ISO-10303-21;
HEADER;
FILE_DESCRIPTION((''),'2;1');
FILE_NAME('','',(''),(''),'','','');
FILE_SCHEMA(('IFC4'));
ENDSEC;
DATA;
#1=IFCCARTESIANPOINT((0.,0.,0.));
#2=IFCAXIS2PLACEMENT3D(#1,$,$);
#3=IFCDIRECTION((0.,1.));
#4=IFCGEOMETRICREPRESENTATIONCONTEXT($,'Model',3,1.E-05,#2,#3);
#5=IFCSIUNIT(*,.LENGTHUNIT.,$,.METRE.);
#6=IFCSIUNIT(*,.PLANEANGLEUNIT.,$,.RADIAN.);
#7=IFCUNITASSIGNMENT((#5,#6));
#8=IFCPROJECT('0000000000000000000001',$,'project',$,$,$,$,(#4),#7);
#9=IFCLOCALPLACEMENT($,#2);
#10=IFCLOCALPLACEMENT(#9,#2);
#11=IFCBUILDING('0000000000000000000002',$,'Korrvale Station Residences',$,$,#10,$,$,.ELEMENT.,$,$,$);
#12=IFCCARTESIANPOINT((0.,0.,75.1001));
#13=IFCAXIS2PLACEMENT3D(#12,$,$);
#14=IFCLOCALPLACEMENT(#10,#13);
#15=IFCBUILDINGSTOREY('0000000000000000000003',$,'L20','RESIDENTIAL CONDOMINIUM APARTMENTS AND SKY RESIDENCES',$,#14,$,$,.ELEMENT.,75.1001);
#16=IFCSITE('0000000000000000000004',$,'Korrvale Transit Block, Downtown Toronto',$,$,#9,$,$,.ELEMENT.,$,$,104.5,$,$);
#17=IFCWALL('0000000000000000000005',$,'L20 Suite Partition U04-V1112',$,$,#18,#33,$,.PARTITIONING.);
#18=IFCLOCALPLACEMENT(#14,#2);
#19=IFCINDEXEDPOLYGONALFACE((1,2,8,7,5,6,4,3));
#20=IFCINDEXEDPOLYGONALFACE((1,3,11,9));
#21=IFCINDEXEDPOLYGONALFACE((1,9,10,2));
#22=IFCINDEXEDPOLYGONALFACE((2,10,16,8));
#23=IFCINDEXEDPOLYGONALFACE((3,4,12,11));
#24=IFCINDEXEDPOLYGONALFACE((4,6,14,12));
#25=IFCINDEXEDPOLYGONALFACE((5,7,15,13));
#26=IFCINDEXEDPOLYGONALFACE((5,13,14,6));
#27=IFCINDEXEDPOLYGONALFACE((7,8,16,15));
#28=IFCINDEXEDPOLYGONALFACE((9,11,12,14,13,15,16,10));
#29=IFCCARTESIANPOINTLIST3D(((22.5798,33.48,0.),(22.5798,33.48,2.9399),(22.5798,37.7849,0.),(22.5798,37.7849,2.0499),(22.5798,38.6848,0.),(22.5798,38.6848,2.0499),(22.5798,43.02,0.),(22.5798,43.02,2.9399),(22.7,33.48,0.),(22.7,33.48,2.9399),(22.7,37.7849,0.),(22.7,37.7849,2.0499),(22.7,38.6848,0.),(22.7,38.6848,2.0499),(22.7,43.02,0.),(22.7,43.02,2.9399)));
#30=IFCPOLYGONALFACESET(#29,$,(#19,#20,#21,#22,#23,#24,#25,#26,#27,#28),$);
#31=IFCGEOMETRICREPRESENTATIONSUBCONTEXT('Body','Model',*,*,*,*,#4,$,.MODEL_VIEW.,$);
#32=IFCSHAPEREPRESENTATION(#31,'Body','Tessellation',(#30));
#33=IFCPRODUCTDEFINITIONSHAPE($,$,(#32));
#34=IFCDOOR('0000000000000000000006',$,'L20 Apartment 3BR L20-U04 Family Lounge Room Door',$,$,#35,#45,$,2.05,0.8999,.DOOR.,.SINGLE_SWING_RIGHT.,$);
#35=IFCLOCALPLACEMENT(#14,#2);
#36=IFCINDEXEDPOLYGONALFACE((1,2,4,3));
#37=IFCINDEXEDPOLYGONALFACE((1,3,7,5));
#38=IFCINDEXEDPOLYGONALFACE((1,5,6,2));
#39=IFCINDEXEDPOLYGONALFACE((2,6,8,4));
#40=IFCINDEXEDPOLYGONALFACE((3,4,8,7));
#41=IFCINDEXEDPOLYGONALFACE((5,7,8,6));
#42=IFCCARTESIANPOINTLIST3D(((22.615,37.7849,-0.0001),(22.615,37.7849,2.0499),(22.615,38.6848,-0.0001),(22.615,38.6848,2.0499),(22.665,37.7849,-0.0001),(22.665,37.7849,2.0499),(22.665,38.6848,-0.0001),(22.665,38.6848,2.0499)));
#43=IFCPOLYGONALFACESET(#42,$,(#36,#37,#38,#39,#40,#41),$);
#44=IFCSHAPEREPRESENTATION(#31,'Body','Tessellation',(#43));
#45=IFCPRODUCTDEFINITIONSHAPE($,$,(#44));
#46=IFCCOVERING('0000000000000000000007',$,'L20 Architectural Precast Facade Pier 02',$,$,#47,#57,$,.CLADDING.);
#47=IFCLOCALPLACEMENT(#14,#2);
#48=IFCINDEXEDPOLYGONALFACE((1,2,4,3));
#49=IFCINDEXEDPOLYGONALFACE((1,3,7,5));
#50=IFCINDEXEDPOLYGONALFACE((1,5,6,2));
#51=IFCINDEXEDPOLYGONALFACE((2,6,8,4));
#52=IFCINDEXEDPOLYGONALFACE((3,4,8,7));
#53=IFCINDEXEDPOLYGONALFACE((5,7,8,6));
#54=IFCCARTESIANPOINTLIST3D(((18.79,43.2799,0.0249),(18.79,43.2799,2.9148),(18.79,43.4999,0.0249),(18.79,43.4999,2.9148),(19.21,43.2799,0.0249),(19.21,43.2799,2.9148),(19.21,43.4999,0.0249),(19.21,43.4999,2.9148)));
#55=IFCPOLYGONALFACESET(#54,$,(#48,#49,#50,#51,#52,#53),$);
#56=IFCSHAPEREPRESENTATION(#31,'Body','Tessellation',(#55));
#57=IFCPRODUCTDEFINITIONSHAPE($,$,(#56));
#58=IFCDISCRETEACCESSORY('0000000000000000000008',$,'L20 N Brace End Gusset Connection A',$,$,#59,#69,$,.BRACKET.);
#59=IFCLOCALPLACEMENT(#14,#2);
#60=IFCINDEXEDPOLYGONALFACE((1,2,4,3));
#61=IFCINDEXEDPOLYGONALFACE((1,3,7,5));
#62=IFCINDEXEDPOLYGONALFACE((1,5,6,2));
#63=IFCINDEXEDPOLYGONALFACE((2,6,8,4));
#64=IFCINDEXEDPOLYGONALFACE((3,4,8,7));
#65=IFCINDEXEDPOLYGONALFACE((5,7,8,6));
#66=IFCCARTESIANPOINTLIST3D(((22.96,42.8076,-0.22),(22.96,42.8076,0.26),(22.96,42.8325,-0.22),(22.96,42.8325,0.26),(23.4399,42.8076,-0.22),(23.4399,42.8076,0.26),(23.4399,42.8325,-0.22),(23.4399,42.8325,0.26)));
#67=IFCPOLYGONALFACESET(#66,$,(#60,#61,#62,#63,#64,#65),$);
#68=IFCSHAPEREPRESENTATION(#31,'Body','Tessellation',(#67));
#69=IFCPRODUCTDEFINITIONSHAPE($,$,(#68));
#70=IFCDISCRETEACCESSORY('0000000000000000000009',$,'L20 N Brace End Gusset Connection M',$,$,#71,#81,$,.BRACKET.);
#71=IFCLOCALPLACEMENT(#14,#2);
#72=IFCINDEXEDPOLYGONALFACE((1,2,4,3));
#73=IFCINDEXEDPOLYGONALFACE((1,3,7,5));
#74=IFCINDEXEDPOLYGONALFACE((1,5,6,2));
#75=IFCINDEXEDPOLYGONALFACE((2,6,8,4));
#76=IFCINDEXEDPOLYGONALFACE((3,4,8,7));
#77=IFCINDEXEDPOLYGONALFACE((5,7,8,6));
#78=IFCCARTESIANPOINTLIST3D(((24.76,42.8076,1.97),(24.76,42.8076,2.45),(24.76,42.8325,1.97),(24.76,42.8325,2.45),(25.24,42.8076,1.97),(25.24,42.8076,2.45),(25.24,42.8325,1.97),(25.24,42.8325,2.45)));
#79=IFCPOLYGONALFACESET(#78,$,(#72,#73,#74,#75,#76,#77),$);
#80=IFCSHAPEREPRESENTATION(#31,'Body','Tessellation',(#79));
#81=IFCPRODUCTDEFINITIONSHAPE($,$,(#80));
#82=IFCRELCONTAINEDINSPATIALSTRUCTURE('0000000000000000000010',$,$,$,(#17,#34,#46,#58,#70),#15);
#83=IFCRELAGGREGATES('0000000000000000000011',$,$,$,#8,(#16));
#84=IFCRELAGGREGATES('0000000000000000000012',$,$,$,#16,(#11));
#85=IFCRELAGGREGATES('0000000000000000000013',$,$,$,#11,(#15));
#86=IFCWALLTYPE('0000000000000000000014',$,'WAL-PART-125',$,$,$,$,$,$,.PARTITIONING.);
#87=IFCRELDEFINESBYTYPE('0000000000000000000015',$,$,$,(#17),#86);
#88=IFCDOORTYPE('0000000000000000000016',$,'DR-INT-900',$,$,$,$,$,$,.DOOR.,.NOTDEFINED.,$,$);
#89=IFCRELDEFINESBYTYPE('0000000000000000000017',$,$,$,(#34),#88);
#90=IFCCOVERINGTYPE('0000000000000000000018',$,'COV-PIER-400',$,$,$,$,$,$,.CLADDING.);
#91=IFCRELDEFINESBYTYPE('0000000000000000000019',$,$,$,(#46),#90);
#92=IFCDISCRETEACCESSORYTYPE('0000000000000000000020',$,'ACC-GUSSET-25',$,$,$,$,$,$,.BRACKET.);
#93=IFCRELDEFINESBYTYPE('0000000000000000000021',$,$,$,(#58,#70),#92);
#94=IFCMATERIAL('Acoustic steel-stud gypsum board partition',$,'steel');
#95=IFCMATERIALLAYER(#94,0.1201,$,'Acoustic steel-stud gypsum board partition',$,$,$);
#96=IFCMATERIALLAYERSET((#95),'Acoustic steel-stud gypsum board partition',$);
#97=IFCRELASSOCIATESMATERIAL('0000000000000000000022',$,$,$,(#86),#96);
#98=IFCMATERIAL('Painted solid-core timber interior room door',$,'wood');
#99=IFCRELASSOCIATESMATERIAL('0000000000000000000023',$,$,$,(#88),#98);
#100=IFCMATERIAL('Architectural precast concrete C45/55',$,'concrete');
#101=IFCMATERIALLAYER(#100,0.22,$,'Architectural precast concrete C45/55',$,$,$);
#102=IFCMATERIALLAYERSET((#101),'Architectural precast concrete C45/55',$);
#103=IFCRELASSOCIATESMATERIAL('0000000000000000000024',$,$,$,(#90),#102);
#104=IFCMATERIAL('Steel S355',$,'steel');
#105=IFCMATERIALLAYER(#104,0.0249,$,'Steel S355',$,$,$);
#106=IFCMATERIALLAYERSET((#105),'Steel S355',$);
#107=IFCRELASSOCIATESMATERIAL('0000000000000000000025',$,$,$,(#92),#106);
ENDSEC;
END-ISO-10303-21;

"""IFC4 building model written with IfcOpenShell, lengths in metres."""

from ifc_helpers import new_model, si_unit, direction, frame, frame_2d, origin, origin_2d, place, context, subcontext, project, spatial, rectangle, extrude, material, layer, layer_set, type_object, element, fill, save


model = new_model("IFC4")

# Units and contexts
model_context = context("Model", 3, precision=1e-05, world=origin(), true_north=direction((0.0, 1.0)))
body_context = subcontext(model_context, "Body", "Model", "MODEL_VIEW")
ifc_project = project(units=[si_unit("LENGTHUNIT", "METRE"), si_unit("PLANEANGLEUNIT", "RADIAN")], contexts=[model_context])

# Site, building, storey
site_placement = place(None, origin())
site = spatial("IfcSite", under=ifc_project, at=site_placement, Name="Korrvale Transit Block, Downtown Toronto", CompositionType="ELEMENT", RefElevation=104.5)
building_placement = place(site_placement, origin())
building = spatial("IfcBuilding", under=site, at=building_placement, Name="Korrvale Station Residences", CompositionType="ELEMENT")
storey_placement = place(building_placement, frame((0.0, 0.0, 75.1001)))
storey = spatial("IfcBuildingStorey", under=building, at=storey_placement, Name="L20", Description="RESIDENTIAL CONDOMINIUM APARTMENTS AND SKY RESIDENCES", CompositionType="ELEMENT", Elevation=75.1001)

# Shared definitions
ifc_material_1 = material(Name="Steel S355", Category="steel")

# Wall, opening, door
ifc_material_2 = material(Name="Acoustic steel-stud gypsum board partition", Category="steel")
ifc_layer_1 = layer(ifc_material_2, 0.1201, Name="Acoustic steel-stud gypsum board partition")
ifc_layer_set_1 = layer_set([ifc_layer_1], Name="Acoustic steel-stud gypsum board partition")
wall_type = type_object("IfcWallType", Name="WAL-PART-125", PredefinedType="PARTITIONING", material=ifc_layer_set_1)
wall_placement = place(storey_placement, frame((22.6399, 33.48, 0.0), z_axis=(0.0, 0.0, 1.0), x_axis=(0.0, 1.0, 0.0)))
wall = element("IfcWall", 1, at=wall_placement, inside=storey, type_object=wall_type, Name="L20 Suite Partition U04-V1112", PredefinedType="PARTITIONING", context=body_context, shape_type="SweptSolid", body=[
    extrude(rectangle(XDim=9.54, YDim=0.1201, at=frame_2d((4.77, 0.0))), origin(), (0.0, 0.0, 1.0), 2.9399),
])
opening_placement = place(wall_placement, frame((4.3049, 0.0, 0.0)))
opening = element("IfcOpeningElement", 2, at=opening_placement, cuts=wall, PredefinedType="OPENING", context=body_context, shape_type="SweptSolid", body=[
    extrude(rectangle(XDim=0.8999, YDim=2.05, at=frame_2d((0.45, 1.0249))), frame((0.0, 0.0701, 0.0), z_axis=(0.0, -1.0, 0.0), x_axis=(1.0, 0.0, 0.0)), (0.0, 0.0, 1.0), 0.1401),
])
ifc_material_3 = material(Name="Painted solid-core timber interior room door", Category="wood")
door_type = type_object("IfcDoorType", Name="DR-INT-900", OperationType="NOTDEFINED", PredefinedType="DOOR", material=ifc_material_3)
door_placement = place(opening_placement, origin())
door = element("IfcDoor", 3, at=door_placement, inside=storey, type_object=door_type, Name="L20 Apartment 3BR L20-U04 Family Lounge Room Door", OperationType="SINGLE_SWING_RIGHT", OverallHeight=2.05, OverallWidth=0.8999, PredefinedType="DOOR", context=body_context, shape_type="SweptSolid", body=[
    extrude(rectangle(XDim=0.8999, YDim=2.05, at=frame_2d((0.45, 1.0249))), frame((0.0, 0.0249, 0.0), z_axis=(0.0, -1.0, 0.0), x_axis=(1.0, 0.0, 0.0)), (0.0, 0.0, 1.0), 0.05),
])
fill(opening, door)

# Covering
ifc_material_4 = material(Name="Architectural precast concrete C45/55", Category="concrete")
ifc_layer_2 = layer(ifc_material_4, 0.22, Name="Architectural precast concrete C45/55")
ifc_layer_set_2 = layer_set([ifc_layer_2], Name="Architectural precast concrete C45/55")
covering_type = type_object("IfcCoveringType", Name="COV-PIER-400", PredefinedType="CLADDING", material=ifc_layer_set_2)
covering_placement = place(storey_placement, frame((19.0, 43.3899, 0.0249), z_axis=(0.0, 0.0, 1.0), x_axis=(1.0, 0.0, 0.0)))
element("IfcCovering", 4, at=covering_placement, inside=storey, type_object=covering_type, Name="L20 Architectural Precast Facade Pier 02", PredefinedType="CLADDING", context=body_context, shape_type="SweptSolid", body=[
    extrude(rectangle(XDim=0.4199, YDim=0.22, at=origin_2d()), origin(), (0.0, 0.0, 1.0), 2.8899),
])

# Discrete accessories
ifc_layer_3 = layer(ifc_material_1, 0.0249, Name="Steel S355")
ifc_layer_set_3 = layer_set([ifc_layer_3], Name="Steel S355")
discrete_accessory_type = type_object("IfcDiscreteAccessoryType", Name="ACC-GUSSET-25", PredefinedType="BRACKET", material=ifc_layer_set_3)
for number, where, z_axis, x_axis, name in (
    (5, (23.2, 42.8201, -0.22), (0.0, 0.0, 1.0), (1.0, 0.0, 0.0), "L20 N Brace End Gusset Connection A"),
    (6, (25.0, 42.8201, 1.97), (0.0, 0.0, 1.0), (1.0, 0.0, 0.0), "L20 N Brace End Gusset Connection M"),
):
    element("IfcDiscreteAccessory", number, at=place(storey_placement, frame(where, z_axis=z_axis, x_axis=x_axis)), inside=storey, type_object=discrete_accessory_type, Name=name, PredefinedType="BRACKET", context=body_context, shape_type="SweptSolid", body=[
        extrude(rectangle(XDim=0.48, YDim=0.0249, at=origin_2d()), origin(), (0.0, 0.0, 1.0), 0.48),
    ])

save(model, "model.ifc")
